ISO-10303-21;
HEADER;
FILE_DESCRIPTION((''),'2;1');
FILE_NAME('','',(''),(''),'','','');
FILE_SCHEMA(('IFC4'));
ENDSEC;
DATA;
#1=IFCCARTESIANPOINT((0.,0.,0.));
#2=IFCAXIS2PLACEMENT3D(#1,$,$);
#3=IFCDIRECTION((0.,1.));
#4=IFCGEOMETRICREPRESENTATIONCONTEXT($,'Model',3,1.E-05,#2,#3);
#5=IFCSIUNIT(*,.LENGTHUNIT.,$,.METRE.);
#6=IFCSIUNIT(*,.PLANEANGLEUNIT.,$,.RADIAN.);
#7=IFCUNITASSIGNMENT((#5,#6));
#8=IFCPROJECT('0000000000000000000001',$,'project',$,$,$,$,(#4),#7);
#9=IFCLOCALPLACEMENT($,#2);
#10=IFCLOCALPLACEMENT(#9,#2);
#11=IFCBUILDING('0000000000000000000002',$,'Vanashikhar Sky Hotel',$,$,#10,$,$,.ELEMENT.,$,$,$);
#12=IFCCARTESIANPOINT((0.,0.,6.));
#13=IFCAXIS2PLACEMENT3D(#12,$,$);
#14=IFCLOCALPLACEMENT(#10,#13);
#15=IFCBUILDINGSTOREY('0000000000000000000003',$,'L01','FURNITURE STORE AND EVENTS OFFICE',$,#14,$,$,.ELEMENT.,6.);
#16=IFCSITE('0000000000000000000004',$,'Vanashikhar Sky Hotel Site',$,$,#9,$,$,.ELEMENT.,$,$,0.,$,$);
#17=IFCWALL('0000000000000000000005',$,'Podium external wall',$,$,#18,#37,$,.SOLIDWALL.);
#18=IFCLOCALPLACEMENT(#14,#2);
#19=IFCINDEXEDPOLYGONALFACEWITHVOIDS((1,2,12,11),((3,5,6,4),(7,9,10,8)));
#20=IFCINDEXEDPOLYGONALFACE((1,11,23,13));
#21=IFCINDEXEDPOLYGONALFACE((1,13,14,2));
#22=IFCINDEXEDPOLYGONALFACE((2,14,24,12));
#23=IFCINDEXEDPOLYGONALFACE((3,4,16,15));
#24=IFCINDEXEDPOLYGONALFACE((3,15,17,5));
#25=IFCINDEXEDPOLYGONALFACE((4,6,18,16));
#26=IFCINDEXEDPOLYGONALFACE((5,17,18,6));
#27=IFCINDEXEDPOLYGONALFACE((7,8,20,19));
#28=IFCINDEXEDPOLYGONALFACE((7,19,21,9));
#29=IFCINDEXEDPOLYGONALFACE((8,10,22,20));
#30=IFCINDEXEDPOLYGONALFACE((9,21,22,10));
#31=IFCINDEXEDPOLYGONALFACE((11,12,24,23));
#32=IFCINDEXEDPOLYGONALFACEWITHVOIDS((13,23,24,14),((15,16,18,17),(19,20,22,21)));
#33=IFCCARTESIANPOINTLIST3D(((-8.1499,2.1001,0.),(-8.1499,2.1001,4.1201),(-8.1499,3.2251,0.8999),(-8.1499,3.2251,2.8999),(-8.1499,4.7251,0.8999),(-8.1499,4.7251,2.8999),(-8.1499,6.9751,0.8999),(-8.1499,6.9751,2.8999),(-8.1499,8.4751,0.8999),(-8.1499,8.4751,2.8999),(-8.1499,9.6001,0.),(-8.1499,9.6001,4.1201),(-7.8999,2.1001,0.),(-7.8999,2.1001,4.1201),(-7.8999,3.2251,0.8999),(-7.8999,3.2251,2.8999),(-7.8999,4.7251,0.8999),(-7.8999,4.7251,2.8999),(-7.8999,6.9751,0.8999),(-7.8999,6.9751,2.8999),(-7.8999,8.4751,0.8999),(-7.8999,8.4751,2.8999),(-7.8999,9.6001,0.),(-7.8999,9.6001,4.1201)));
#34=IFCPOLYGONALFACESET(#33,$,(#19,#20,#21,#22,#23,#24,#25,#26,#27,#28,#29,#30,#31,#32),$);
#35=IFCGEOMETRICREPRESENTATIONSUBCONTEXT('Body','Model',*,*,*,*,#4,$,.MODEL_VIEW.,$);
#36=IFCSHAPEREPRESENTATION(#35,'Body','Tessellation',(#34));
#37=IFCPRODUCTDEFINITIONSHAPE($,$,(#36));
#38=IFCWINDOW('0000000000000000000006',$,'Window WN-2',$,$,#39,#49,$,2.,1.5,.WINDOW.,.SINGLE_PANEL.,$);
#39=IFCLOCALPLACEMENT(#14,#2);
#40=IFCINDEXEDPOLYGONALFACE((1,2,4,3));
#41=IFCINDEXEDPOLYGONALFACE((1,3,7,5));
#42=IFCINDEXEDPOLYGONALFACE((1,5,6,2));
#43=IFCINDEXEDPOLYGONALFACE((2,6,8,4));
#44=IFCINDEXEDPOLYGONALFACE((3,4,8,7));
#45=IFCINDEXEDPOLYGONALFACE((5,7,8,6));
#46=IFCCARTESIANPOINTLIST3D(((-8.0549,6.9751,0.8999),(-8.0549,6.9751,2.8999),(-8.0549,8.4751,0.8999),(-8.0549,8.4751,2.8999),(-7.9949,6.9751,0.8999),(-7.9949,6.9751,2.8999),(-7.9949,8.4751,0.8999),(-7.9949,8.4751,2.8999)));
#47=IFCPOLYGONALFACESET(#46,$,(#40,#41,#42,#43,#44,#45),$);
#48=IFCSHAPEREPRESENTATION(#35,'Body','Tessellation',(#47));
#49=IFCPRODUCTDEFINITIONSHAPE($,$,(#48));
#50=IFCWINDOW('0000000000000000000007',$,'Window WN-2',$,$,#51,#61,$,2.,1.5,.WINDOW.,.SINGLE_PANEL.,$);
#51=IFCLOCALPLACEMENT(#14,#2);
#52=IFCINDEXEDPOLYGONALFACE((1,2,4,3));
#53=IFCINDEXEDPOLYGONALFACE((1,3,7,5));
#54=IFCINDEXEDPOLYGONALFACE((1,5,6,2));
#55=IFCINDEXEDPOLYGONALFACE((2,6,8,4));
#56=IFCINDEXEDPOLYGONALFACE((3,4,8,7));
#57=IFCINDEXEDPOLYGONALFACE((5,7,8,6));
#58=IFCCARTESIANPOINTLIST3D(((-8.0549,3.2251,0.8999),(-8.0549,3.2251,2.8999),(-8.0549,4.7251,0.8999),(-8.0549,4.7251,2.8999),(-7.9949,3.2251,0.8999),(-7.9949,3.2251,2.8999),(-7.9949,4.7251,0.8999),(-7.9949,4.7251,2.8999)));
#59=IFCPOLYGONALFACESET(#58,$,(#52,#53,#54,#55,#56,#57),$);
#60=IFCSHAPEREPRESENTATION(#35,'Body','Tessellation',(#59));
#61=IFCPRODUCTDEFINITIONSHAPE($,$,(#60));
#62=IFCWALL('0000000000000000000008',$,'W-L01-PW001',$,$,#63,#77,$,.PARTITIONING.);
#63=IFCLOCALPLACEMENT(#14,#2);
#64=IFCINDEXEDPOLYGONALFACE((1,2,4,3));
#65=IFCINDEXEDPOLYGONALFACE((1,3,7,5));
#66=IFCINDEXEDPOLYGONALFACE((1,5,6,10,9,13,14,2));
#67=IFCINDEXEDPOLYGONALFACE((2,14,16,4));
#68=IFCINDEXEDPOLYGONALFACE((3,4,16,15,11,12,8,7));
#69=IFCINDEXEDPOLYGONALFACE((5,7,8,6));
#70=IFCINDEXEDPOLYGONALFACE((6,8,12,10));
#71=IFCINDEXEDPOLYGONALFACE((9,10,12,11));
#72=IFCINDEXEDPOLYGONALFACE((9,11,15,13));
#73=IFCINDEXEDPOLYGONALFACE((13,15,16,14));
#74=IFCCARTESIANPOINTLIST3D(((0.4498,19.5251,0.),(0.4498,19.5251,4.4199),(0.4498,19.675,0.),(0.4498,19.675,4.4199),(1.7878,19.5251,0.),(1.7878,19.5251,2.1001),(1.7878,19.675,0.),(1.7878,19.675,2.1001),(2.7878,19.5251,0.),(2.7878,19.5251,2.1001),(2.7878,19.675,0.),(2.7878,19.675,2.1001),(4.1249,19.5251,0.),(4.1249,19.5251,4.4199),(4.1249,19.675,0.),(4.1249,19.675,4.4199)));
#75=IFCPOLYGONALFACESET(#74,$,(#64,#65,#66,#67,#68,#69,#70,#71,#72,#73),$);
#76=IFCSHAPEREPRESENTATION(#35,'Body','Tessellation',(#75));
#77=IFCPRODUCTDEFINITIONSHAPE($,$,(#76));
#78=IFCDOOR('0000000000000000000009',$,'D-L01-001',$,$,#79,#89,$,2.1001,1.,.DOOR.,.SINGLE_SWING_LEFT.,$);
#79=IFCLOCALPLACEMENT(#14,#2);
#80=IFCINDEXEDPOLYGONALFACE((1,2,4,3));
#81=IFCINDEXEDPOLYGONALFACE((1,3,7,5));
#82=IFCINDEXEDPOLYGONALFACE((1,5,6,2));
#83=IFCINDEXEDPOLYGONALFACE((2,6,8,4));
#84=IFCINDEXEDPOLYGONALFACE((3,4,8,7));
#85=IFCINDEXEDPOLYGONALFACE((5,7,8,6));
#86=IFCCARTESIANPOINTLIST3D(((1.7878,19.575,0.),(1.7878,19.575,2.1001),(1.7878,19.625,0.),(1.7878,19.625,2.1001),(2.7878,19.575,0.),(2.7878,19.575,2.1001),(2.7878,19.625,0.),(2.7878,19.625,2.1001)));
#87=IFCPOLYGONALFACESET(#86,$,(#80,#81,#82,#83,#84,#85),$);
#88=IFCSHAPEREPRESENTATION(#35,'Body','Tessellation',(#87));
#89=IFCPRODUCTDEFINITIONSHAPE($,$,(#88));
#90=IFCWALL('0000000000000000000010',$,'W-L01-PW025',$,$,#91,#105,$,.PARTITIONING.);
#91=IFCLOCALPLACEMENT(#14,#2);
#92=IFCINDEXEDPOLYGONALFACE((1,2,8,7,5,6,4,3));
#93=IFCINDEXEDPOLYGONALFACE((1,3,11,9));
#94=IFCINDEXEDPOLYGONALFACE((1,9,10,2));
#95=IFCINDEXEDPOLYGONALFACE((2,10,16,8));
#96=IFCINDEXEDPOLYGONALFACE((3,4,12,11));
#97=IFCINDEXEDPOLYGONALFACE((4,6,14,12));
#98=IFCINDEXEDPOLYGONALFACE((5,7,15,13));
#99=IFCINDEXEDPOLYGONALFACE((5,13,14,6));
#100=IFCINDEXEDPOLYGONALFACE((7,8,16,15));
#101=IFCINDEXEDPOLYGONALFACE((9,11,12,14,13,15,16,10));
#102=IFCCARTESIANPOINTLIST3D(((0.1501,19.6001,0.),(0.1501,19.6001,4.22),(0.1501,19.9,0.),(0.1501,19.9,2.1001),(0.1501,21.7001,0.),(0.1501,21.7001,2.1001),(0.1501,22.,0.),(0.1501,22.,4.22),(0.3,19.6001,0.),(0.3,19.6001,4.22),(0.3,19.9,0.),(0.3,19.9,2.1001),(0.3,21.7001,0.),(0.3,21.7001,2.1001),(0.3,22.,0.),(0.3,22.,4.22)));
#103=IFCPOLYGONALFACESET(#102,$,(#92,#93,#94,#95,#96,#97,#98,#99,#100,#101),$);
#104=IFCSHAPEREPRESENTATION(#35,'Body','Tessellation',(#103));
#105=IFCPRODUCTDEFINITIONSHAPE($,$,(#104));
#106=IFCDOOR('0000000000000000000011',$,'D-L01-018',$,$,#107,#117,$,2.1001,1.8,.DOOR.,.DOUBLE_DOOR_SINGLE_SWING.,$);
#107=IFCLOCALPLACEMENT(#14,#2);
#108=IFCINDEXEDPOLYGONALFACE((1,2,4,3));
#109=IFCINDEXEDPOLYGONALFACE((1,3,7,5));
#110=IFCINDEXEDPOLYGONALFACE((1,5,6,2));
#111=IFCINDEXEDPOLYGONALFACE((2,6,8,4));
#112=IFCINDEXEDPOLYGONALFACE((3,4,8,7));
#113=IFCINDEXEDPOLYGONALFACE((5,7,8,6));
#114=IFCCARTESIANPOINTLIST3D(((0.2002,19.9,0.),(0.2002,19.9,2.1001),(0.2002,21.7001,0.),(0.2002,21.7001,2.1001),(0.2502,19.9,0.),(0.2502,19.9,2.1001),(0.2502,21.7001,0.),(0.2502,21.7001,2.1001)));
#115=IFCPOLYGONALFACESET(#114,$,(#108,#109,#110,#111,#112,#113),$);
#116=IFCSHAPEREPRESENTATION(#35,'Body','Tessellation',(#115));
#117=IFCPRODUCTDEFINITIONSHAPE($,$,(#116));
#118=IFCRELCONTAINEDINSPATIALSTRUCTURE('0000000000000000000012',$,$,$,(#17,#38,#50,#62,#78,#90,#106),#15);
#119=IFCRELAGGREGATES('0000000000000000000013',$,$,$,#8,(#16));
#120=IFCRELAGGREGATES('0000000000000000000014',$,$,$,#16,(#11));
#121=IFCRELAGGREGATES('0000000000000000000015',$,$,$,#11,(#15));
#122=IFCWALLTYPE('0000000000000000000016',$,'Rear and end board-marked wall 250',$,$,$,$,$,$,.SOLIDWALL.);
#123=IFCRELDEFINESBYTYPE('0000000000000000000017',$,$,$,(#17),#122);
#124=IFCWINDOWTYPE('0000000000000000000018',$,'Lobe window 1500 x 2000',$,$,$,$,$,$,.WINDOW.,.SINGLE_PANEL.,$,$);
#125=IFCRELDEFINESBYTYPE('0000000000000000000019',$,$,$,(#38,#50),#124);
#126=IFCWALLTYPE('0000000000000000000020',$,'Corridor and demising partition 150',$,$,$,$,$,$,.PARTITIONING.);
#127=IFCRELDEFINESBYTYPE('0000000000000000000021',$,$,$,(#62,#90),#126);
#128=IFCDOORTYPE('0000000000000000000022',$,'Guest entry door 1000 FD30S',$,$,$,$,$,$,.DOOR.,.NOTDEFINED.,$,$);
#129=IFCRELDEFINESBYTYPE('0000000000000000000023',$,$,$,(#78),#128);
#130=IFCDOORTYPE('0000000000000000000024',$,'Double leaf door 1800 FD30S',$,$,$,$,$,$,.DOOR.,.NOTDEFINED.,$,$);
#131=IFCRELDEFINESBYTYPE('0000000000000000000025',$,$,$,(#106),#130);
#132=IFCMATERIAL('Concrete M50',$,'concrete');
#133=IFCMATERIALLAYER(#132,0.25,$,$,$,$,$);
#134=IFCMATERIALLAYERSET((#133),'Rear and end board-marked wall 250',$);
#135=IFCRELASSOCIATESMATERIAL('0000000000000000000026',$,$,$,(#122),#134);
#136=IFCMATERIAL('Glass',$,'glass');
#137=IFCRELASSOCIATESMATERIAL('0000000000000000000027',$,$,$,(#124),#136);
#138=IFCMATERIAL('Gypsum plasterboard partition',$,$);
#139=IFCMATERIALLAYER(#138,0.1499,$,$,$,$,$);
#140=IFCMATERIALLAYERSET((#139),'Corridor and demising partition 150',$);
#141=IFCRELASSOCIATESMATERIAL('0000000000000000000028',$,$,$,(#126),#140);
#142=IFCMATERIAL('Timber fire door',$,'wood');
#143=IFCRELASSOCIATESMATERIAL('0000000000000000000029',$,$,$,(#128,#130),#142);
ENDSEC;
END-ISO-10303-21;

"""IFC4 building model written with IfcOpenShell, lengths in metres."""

from ifc_helpers import new_model, si_unit, direction, frame, frame_2d, origin, place, context, subcontext, project, spatial, rectangle, extrude, source, transform, mapped, material, layer, layer_set, type_object, element, fill, save


model = new_model("IFC4")

# Units and contexts
model_context = context("Model", 3, precision=1e-05, world=origin(), true_north=direction((0.0, 1.0)))
body_context = subcontext(model_context, "Body", "Model", "MODEL_VIEW")
ifc_project = project(units=[si_unit("LENGTHUNIT", "METRE"), si_unit("PLANEANGLEUNIT", "RADIAN")], contexts=[model_context])

# Site, building, storey
site_placement = place(None, origin())
site = spatial("IfcSite", under=ifc_project, at=site_placement, Name="Vanashikhar Sky Hotel Site", CompositionType="ELEMENT", RefElevation=0.0)
building_placement = place(site_placement, origin())
building = spatial("IfcBuilding", under=site, at=building_placement, Name="Vanashikhar Sky Hotel", CompositionType="ELEMENT")
storey_placement = place(building_placement, frame((0.0, 0.0, 6.0)))
storey = spatial("IfcBuildingStorey", under=building, at=storey_placement, Name="L01", Description="FURNITURE STORE AND EVENTS OFFICE", CompositionType="ELEMENT", Elevation=6.0)

# Shared definitions
ifc_material_1 = material(Name="Concrete M50", Category="concrete")

# Shared definitions
ifc_layer_1 = layer(ifc_material_1, 0.25)
ifc_layer_set_1 = layer_set([ifc_layer_1], Name="Rear and end board-marked wall 250")
wall_type_1 = type_object("IfcWallType", Name="Rear and end board-marked wall 250", PredefinedType="SOLIDWALL", material=ifc_layer_set_1)

# Wall, openings, windows
shared_shape_1 = source(origin(), body_context, "Body", "SweptSolid", [
    extrude(rectangle(XDim=7.5, YDim=0.25, at=frame_2d((3.75, 0.0))), origin(), (0.0, 0.0, 1.0), 4.1201),
])
shared_shape_2 = source(origin(), body_context, "Body", "SweptSolid", [
    extrude(rectangle(XDim=1.5, YDim=2.0, at=frame_2d((0.75, 1.0))), frame((0.0, 0.135, 0.0), z_axis=(0.0, -1.0, 0.0), x_axis=(1.0, 0.0, 0.0)), (0.0, 0.0, 1.0), 0.27),
])
ifc_material_2 = material(Name="Glass", Category="glass")
window_type = type_object("IfcWindowType", Name="Lobe window 1500 x 2000", PartitioningType="SINGLE_PANEL", PredefinedType="WINDOW", material=ifc_material_2)
shared_shape_3 = source(origin(), body_context, "Body", "SweptSolid", [
    extrude(rectangle(XDim=1.5, YDim=2.0, at=frame_2d((0.75, 1.0))), frame((0.0, 0.03, 0.0), z_axis=(0.0, -1.0, 0.0), x_axis=(1.0, 0.0, 0.0)), (0.0, 0.0, 1.0), 0.0601),
])
wall_1_placement = place(storey_placement, frame((-8.0249, 9.6001, 0.0), z_axis=(0.0, 0.0, 1.0), x_axis=(0.0, -1.0, 0.0)))
wall_1 = element("IfcWall", 1, at=wall_1_placement, inside=storey, type_object=wall_type_1, Name="Podium external wall", PredefinedType="SOLIDWALL", context=body_context, shape_type="MappedRepresentation", body=[
    mapped(shared_shape_1, transform((0.0, 0.0, 0.0), scale=1.0)),
])
opening_1_placement = place(wall_1_placement, frame((1.125, 0.0, 0.8999)))
opening_1 = element("IfcOpeningElement", 2, at=opening_1_placement, cuts=wall_1, PredefinedType="OPENING", context=body_context, shape_type="MappedRepresentation", body=[
    mapped(shared_shape_2, transform((0.0, 0.0, 0.0), scale=1.0)),
])
opening_2_placement = place(wall_1_placement, frame((4.875, 0.0, 0.8999)))
opening_2 = element("IfcOpeningElement", 3, at=opening_2_placement, cuts=wall_1, PredefinedType="OPENING", context=body_context, shape_type="MappedRepresentation", body=[
    mapped(shared_shape_2, transform((0.0, 0.0, 0.0), scale=1.0)),
])
window_1_placement = place(opening_1_placement, origin())
window_1 = element("IfcWindow", 4, at=window_1_placement, inside=storey, type_object=window_type, Name="Window WN-2", OverallHeight=2.0, OverallWidth=1.5, PartitioningType="SINGLE_PANEL", PredefinedType="WINDOW", context=body_context, shape_type="MappedRepresentation", body=[
    mapped(shared_shape_3, transform((0.0, 0.0, 0.0), scale=1.0)),
])
fill(opening_1, window_1)
window_2_placement = place(opening_2_placement, origin())
window_2 = element("IfcWindow", 5, at=window_2_placement, inside=storey, type_object=window_type, Name="Window WN-2", OverallHeight=2.0, OverallWidth=1.5, PartitioningType="SINGLE_PANEL", PredefinedType="WINDOW", context=body_context, shape_type="MappedRepresentation", body=[
    mapped(shared_shape_3, transform((0.0, 0.0, 0.0), scale=1.0)),
])
fill(opening_2, window_2)

# Walls, openings, doors
ifc_material_3 = material(Name="Gypsum plasterboard partition")
ifc_layer_2 = layer(ifc_material_3, 0.1499)
ifc_layer_set_2 = layer_set([ifc_layer_2], Name="Corridor and demising partition 150")
wall_type_2 = type_object("IfcWallType", Name="Corridor and demising partition 150", PredefinedType="PARTITIONING", material=ifc_layer_set_2)
shared_shape_4 = source(origin(), body_context, "Body", "SweptSolid", [
    extrude(rectangle(XDim=3.675, YDim=0.1499, at=frame_2d((1.8374, 0.0))), origin(), (0.0, 0.0, 1.0), 4.4199),
])
wall_2_placement = place(storey_placement, frame((0.45, 19.6001, 0.0), z_axis=(0.0, 0.0, 1.0), x_axis=(1.0, 0.0, 0.0)))
wall_2 = element("IfcWall", 6, at=wall_2_placement, inside=storey, type_object=wall_type_2, Name="W-L01-PW001", PredefinedType="PARTITIONING", context=body_context, shape_type="MappedRepresentation", body=[
    mapped(shared_shape_4, transform((0.0, 0.0, 0.0), scale=1.0)),
])
shared_shape_5 = source(origin(), body_context, "Body", "SweptSolid", [
    extrude(rectangle(XDim=1.0, YDim=2.1001, at=frame_2d((0.5, 1.05))), frame((0.0, 0.085, 0.0), z_axis=(0.0, -1.0, 0.0), x_axis=(1.0, 0.0, 0.0)), (0.0, 0.0, 1.0), 0.1699),
])
opening_3_placement = place(wall_2_placement, frame((1.3379, 0.0, 0.0)))
opening_3 = element("IfcOpeningElement", 7, at=opening_3_placement, cuts=wall_2, PredefinedType="OPENING", context=body_context, shape_type="MappedRepresentation", body=[
    mapped(shared_shape_5, transform((0.0, 0.0, 0.0), scale=1.0)),
])
ifc_material_4 = material(Name="Timber fire door", Category="wood")
door_type_1 = type_object("IfcDoorType", Name="Guest entry door 1000 FD30S", OperationType="NOTDEFINED", PredefinedType="DOOR", material=ifc_material_4)
shared_shape_6 = source(origin(), body_context, "Body", "SweptSolid", [
    extrude(rectangle(XDim=1.0, YDim=2.1001, at=frame_2d((0.5, 1.05))), frame((0.0, 0.0249, 0.0), z_axis=(0.0, -1.0, 0.0), x_axis=(1.0, 0.0, 0.0)), (0.0, 0.0, 1.0), 0.05),
])
door_1_placement = place(opening_3_placement, origin())
door_1 = element("IfcDoor", 8, at=door_1_placement, inside=storey, type_object=door_type_1, Name="D-L01-001", OperationType="SINGLE_SWING_LEFT", OverallHeight=2.1001, OverallWidth=1.0, PredefinedType="DOOR", context=body_context, shape_type="MappedRepresentation", body=[
    mapped(shared_shape_6, transform((0.0, 0.0, 0.0), scale=1.0)),
])
fill(opening_3, door_1)
shared_shape_7 = source(origin(), body_context, "Body", "SweptSolid", [
    extrude(rectangle(XDim=2.3999, YDim=0.1499, at=frame_2d((1.2, 0.0))), origin(), (0.0, 0.0, 1.0), 4.22),
])
wall_3_placement = place(storey_placement, frame((0.2251, 19.6001, 0.0), z_axis=(0.0, 0.0, 1.0), x_axis=(0.0, 1.0, 0.0)))
wall_3 = element("IfcWall", 9, at=wall_3_placement, inside=storey, type_object=wall_type_2, Name="W-L01-PW025", PredefinedType="PARTITIONING", context=body_context, shape_type="MappedRepresentation", body=[
    mapped(shared_shape_7, transform((0.0, 0.0, 0.0), scale=1.0)),
])
shared_shape_8 = source(origin(), body_context, "Body", "SweptSolid", [
    extrude(rectangle(XDim=1.8, YDim=2.1001, at=frame_2d((0.8999, 1.05))), frame((0.0, 0.085, 0.0), z_axis=(0.0, -1.0, 0.0), x_axis=(1.0, 0.0, 0.0)), (0.0, 0.0, 1.0), 0.1699),
])
opening_4_placement = place(wall_3_placement, frame((0.3, 0.0, 0.0)))
opening_4 = element("IfcOpeningElement", 10, at=opening_4_placement, cuts=wall_3, PredefinedType="OPENING", context=body_context, shape_type="MappedRepresentation", body=[
    mapped(shared_shape_8, transform((0.0, 0.0, 0.0), scale=1.0)),
])
door_type_2 = type_object("IfcDoorType", Name="Double leaf door 1800 FD30S", OperationType="NOTDEFINED", PredefinedType="DOOR", material=ifc_material_4)
shared_shape_9 = source(origin(), body_context, "Body", "SweptSolid", [
    extrude(rectangle(XDim=1.8, YDim=2.1001, at=frame_2d((0.8999, 1.05))), frame((0.0, 0.0249, 0.0), z_axis=(0.0, -1.0, 0.0), x_axis=(1.0, 0.0, 0.0)), (0.0, 0.0, 1.0), 0.05),
])
door_2_placement = place(opening_4_placement, origin())
door_2 = element("IfcDoor", 11, at=door_2_placement, inside=storey, type_object=door_type_2, Name="D-L01-018", OperationType="DOUBLE_DOOR_SINGLE_SWING", OverallHeight=2.1001, OverallWidth=1.8, PredefinedType="DOOR", context=body_context, shape_type="MappedRepresentation", body=[
    mapped(shared_shape_9, transform((0.0, 0.0, 0.0), scale=1.0)),
])
fill(opening_4, door_2)

save(model, "model.ifc")
